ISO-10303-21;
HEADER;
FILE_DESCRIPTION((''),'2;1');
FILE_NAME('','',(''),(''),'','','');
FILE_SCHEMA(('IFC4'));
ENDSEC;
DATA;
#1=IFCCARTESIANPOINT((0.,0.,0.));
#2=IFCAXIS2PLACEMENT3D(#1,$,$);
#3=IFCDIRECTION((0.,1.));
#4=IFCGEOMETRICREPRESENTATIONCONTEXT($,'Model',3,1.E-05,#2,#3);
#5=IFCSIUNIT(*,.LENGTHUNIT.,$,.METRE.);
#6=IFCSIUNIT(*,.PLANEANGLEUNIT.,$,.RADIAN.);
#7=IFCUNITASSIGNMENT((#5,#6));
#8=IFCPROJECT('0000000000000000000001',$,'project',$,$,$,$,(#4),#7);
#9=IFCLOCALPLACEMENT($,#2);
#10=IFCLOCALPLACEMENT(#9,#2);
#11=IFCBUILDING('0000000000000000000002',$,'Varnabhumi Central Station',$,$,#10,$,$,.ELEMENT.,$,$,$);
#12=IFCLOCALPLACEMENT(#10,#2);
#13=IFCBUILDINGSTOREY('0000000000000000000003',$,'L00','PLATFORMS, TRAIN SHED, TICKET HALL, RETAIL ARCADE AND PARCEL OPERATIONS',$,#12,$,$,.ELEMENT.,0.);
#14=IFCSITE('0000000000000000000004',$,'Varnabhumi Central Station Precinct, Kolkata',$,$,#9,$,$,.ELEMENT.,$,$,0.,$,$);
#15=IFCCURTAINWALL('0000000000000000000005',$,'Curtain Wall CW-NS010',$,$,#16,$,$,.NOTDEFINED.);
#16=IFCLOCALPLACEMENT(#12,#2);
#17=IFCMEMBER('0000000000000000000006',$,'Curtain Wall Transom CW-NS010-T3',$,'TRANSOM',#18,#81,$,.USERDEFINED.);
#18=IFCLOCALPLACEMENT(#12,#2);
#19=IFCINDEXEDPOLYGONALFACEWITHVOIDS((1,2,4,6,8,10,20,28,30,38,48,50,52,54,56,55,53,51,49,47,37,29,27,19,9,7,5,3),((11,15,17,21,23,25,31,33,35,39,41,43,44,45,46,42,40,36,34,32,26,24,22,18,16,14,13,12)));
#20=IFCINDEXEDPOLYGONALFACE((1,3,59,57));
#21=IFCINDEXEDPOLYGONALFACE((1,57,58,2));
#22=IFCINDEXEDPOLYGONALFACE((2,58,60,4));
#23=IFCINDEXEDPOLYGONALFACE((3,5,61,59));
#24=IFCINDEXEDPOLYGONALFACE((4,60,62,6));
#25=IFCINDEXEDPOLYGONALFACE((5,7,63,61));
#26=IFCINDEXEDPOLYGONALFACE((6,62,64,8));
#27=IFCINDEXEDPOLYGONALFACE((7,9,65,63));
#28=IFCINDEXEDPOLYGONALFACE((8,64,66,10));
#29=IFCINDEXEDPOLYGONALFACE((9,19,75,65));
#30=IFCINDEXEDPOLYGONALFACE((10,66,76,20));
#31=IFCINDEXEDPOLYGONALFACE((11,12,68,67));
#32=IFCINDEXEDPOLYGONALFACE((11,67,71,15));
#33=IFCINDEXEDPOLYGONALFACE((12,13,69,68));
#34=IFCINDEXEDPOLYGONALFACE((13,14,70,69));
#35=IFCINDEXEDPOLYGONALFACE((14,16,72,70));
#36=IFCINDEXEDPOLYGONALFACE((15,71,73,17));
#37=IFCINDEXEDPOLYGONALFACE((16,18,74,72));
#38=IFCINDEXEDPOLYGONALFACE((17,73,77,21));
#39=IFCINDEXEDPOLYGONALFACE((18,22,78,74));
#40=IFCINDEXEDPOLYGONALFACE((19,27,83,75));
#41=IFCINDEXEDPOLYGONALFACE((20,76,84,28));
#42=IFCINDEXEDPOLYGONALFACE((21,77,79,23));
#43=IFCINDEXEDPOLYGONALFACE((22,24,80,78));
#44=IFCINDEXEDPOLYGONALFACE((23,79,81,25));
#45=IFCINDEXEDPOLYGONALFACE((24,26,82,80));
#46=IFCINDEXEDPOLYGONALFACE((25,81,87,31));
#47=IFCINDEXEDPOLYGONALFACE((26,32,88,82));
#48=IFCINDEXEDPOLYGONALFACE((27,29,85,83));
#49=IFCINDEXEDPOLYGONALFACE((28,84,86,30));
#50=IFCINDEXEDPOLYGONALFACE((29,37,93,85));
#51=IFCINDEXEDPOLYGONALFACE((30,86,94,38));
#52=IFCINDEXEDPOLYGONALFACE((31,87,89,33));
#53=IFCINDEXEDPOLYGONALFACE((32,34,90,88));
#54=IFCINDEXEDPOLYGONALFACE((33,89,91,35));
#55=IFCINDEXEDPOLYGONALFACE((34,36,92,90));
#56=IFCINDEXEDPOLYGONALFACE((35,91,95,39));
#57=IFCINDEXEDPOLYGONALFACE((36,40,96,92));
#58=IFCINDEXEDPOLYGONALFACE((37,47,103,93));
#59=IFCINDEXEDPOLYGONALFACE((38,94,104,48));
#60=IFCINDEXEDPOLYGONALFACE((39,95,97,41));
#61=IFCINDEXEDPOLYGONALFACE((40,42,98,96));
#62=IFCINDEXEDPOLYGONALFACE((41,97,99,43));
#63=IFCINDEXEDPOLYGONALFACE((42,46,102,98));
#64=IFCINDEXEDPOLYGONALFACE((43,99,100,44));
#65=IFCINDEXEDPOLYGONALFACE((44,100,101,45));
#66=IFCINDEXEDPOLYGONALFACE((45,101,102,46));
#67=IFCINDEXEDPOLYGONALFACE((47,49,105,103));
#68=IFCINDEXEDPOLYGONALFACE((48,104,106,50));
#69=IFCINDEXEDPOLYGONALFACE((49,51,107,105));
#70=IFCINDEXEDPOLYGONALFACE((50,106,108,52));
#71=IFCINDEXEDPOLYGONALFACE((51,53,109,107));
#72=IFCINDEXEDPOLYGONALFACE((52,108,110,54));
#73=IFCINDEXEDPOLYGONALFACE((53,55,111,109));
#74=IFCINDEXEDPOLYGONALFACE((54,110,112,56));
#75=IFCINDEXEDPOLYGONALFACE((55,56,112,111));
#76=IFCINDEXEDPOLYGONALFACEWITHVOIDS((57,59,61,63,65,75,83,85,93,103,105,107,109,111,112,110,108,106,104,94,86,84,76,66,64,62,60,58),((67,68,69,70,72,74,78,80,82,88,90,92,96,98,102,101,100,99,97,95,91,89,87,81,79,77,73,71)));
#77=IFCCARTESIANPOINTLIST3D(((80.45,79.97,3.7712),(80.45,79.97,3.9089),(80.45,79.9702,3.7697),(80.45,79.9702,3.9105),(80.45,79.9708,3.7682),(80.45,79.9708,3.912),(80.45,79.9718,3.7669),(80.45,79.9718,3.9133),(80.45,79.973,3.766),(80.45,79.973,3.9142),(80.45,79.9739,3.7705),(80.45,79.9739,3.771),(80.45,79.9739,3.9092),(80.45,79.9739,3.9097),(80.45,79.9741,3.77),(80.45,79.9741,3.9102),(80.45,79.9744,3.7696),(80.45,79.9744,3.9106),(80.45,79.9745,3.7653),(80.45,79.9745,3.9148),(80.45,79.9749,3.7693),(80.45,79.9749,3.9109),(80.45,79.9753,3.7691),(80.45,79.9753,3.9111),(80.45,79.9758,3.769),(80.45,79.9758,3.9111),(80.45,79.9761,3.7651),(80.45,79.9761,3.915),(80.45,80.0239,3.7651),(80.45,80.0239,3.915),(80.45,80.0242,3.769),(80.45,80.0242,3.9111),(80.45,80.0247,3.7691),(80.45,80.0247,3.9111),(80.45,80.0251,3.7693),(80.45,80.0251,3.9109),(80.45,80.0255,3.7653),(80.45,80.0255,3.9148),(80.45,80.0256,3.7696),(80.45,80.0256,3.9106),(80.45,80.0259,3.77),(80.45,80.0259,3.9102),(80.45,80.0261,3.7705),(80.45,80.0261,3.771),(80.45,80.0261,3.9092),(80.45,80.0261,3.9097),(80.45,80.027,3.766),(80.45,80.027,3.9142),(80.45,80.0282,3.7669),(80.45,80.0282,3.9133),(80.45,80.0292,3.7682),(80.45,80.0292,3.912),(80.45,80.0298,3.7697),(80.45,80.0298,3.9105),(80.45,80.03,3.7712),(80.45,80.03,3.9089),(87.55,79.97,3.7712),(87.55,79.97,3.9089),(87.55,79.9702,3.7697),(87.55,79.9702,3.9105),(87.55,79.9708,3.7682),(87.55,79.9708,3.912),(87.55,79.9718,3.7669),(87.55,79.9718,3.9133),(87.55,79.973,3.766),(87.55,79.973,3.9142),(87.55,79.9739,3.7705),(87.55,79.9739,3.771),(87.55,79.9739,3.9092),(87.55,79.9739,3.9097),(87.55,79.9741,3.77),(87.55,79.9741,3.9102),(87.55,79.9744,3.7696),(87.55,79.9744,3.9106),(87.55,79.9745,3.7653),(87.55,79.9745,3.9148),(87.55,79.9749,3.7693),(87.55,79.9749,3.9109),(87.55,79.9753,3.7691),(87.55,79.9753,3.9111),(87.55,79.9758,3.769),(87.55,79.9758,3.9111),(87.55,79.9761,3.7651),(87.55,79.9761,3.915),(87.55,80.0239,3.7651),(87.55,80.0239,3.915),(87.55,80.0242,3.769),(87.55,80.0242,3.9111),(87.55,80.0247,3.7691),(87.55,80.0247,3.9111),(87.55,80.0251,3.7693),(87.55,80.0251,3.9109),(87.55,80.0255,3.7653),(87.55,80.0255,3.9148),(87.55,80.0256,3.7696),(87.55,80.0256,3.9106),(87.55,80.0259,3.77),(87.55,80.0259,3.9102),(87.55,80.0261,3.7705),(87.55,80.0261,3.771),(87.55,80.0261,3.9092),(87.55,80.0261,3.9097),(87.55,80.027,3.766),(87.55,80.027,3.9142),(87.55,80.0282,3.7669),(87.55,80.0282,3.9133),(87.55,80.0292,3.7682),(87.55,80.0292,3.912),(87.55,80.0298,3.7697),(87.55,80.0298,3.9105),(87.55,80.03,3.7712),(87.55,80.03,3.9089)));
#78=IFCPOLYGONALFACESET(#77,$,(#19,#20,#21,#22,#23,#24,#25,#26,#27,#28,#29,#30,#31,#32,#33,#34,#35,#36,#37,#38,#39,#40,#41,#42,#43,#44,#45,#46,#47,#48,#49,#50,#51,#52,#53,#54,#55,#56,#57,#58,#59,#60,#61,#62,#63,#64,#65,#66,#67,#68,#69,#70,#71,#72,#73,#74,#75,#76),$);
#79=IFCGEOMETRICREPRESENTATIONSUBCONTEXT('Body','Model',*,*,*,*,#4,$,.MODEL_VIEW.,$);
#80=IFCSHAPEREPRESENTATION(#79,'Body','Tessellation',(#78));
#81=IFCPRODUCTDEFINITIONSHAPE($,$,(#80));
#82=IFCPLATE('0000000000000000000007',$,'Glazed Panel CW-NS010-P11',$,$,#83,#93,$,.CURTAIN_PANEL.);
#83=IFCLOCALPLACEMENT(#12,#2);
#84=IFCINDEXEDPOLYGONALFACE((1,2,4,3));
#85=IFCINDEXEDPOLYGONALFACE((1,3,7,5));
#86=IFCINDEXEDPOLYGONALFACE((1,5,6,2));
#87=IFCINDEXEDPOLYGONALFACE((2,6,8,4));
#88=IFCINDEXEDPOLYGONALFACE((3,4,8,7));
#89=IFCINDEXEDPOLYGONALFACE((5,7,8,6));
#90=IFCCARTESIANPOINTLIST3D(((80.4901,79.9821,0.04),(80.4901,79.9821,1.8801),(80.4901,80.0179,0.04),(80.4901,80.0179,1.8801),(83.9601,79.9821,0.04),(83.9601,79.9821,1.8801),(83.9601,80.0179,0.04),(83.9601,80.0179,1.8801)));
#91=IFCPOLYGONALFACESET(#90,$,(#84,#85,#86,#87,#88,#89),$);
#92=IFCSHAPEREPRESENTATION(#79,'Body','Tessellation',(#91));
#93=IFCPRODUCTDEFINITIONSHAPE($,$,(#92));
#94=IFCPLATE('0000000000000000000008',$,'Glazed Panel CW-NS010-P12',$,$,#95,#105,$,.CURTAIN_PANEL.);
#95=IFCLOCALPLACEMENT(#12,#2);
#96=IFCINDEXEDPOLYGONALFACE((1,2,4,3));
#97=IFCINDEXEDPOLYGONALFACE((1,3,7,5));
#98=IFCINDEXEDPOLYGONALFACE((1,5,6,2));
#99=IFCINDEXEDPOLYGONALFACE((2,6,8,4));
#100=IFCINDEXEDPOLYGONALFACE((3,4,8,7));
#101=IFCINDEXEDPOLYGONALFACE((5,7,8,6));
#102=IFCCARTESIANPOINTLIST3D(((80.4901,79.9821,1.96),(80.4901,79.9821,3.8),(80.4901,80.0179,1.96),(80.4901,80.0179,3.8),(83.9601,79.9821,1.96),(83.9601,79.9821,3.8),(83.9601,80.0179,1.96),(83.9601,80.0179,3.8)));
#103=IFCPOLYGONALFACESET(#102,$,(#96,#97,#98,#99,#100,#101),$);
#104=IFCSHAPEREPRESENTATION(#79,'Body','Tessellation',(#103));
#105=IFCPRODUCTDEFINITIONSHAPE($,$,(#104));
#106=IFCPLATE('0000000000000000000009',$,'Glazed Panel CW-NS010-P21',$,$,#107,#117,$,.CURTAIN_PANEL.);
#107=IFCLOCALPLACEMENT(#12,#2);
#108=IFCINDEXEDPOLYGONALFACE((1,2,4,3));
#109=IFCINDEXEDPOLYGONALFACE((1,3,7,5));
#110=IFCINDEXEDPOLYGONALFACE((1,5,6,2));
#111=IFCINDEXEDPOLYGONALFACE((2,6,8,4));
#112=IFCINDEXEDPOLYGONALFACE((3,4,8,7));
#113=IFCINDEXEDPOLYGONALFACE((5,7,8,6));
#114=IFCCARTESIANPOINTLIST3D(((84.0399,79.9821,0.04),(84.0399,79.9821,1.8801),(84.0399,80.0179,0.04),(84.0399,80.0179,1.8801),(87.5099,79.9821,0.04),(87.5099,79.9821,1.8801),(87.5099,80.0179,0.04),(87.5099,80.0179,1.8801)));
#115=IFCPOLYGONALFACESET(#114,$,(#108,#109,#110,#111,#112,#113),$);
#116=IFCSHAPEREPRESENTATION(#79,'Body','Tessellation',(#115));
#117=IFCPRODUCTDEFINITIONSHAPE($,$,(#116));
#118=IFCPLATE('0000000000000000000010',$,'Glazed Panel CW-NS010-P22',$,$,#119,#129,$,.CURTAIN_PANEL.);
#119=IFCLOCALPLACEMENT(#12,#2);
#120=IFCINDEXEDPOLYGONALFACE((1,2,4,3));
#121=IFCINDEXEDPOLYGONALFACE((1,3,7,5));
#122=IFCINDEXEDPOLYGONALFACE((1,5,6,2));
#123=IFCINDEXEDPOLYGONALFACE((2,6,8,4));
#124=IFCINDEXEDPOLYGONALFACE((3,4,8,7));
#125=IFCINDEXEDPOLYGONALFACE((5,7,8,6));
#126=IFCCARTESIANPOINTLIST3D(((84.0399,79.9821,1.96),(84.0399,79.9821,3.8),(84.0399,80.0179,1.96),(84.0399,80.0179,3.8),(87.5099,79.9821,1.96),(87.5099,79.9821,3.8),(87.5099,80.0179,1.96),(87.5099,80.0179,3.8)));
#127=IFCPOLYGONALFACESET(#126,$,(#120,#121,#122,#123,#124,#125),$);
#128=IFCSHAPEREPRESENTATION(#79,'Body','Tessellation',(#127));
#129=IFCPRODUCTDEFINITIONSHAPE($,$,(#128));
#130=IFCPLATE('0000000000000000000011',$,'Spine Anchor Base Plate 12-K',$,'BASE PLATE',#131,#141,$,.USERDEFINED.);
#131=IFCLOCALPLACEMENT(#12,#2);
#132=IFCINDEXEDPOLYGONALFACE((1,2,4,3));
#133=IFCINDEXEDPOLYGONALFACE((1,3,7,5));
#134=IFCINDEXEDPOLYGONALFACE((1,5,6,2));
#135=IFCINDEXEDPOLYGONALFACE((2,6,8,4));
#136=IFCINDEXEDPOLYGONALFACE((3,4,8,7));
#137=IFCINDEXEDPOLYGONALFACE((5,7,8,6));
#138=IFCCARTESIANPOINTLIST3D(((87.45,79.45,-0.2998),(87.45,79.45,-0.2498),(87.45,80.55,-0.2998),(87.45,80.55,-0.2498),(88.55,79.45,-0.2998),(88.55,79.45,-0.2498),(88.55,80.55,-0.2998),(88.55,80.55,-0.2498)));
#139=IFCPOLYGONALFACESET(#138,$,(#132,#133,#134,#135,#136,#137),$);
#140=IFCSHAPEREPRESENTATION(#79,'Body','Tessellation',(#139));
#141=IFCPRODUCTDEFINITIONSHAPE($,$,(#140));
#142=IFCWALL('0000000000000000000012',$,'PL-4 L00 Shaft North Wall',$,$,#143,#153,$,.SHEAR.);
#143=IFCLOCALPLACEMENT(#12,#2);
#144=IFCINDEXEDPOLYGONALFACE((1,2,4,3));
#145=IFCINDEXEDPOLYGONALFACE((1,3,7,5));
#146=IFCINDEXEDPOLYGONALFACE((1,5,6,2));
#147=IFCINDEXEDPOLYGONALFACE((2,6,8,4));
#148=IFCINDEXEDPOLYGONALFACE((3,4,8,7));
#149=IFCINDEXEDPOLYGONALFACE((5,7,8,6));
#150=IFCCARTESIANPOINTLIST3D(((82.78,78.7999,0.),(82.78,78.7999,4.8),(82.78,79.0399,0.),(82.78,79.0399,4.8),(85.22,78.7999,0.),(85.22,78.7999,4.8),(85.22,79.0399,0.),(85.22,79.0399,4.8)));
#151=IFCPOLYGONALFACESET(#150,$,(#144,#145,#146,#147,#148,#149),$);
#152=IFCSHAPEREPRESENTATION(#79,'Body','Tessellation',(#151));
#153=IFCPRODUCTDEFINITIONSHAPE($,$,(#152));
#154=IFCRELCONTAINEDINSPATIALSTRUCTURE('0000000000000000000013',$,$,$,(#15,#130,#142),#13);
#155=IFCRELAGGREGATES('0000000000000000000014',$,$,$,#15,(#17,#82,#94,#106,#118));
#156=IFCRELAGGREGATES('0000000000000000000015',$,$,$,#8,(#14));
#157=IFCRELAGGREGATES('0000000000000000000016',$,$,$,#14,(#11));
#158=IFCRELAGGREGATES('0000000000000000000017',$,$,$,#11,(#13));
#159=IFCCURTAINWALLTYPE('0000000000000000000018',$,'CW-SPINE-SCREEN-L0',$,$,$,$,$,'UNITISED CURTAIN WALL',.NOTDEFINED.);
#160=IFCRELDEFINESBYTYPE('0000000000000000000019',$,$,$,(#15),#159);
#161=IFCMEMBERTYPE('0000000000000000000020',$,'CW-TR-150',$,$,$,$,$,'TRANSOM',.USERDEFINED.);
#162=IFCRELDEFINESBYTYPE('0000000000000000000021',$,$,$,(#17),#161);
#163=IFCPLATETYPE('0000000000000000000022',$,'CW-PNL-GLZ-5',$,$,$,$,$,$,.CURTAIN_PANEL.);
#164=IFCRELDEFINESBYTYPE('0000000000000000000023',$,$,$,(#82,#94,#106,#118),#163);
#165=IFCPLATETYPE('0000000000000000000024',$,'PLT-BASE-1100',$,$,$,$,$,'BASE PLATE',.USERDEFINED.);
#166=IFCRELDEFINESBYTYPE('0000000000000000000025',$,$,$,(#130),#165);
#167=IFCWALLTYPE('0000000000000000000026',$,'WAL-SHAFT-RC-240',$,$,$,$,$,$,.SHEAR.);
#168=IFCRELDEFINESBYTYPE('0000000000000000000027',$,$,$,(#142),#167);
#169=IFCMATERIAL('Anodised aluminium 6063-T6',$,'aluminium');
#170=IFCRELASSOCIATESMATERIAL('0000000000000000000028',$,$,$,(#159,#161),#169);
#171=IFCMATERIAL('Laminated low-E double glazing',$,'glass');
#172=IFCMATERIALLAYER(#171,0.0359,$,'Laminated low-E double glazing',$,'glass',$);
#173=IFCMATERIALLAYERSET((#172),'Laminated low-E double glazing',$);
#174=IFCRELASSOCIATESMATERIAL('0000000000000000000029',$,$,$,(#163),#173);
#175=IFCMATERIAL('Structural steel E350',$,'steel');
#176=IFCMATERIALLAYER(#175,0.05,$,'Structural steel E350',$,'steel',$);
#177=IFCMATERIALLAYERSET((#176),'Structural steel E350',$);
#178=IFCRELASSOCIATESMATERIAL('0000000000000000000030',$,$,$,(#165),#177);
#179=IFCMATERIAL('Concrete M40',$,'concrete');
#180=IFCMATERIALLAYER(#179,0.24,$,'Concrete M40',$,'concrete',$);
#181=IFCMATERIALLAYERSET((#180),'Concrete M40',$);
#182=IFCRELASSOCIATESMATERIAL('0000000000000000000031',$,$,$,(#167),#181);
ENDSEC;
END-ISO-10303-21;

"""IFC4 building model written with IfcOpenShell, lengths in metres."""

from ifc_helpers import new_model, si_unit, direction, frame, frame_2d, origin, origin_2d, place, context, subcontext, project, spatial, rectangle, hollow_rectangle, extrude, material, layer, layer_set, material_profile, profile_set, type_object, element, aggregate, save


model = new_model("IFC4")

# Units and contexts
model_context = context("Model", 3, precision=1e-05, world=origin(), true_north=direction((0.0, 1.0)))
body_context = subcontext(model_context, "Body", "Model", "MODEL_VIEW")
ifc_project = project(units=[si_unit("LENGTHUNIT", "METRE"), si_unit("PLANEANGLEUNIT", "RADIAN")], contexts=[model_context])

# Site, building, storey
site_placement = place(None, origin())
site = spatial("IfcSite", under=ifc_project, at=site_placement, Name="Varnabhumi Central Station Precinct, Kolkata", CompositionType="ELEMENT", RefElevation=0.0)
building_placement = place(site_placement, origin())
building = spatial("IfcBuilding", under=site, at=building_placement, Name="Varnabhumi Central Station", CompositionType="ELEMENT")
storey_placement = place(building_placement, origin())
storey = spatial("IfcBuildingStorey", under=building, at=storey_placement, Name="L00", Description="PLATFORMS, TRAIN SHED, TICKET HALL, RETAIL ARCADE AND PARCEL OPERATIONS", CompositionType="ELEMENT", Elevation=0.0)

# Shared definitions
ifc_material_1 = material(Name="Concrete M40", Category="concrete")

# Shared definitions
ifc_material_2 = material(Name="Structural steel E350", Category="steel")

# Curtain wall, member, plates
ifc_material_3 = material(Name="Anodised aluminium 6063-T6", Category="aluminium")
curtain_wall_type = type_object("IfcCurtainWallType", Name="CW-SPINE-SCREEN-L0", ElementType="UNITISED CURTAIN WALL", PredefinedType="NOTDEFINED", material=ifc_material_3)
curtain_wall_placement = place(storey_placement, origin())
curtain_wall = element("IfcCurtainWall", 1, at=curtain_wall_placement, inside=storey, type_object=curtain_wall_type, Name="Curtain Wall CW-NS010", PredefinedType="NOTDEFINED")
ifc_material_profile_1 = material_profile(ifc_material_3, hollow_rectangle(XDim=0.0601, YDim=0.1499, WallThickness=0.0039, InnerFilletRadius=0.002, OuterFilletRadius=0.0061, at=origin_2d()), Name="Anodised aluminium 6063-T6", Category="aluminium")
ifc_profile_set_1 = profile_set([ifc_material_profile_1], Name="Anodised aluminium 6063-T6")
member_type_1 = type_object("IfcMemberType", Name="CW-TR-150", ElementType="TRANSOM", PredefinedType="USERDEFINED", material=ifc_profile_set_1)
member_1_placement = place(storey_placement, frame((80.45, 80.0, 3.8401), z_axis=(1.0, 0.0, 0.0), x_axis=(0.0, 1.0, 0.0)))
member_1 = element("IfcMember", 2, at=member_1_placement, type_object=member_type_1, Name="Curtain Wall Transom CW-NS010-T3", ObjectType="TRANSOM", PredefinedType="USERDEFINED", context=body_context, shape_type="SweptSolid", body=[
    extrude(hollow_rectangle(XDim=0.0601, YDim=0.1499, WallThickness=0.0039, InnerFilletRadius=0.002, OuterFilletRadius=0.0061, at=origin_2d()), origin(), (0.0, 0.0, 1.0), 7.1001),
])
ifc_material_4 = material(Name="Laminated low-E double glazing", Category="glass")
ifc_layer_1 = layer(ifc_material_4, 0.0359, Name="Laminated low-E double glazing", Category="glass")
ifc_layer_set_1 = layer_set([ifc_layer_1], Name="Laminated low-E double glazing")
plate_type_1 = type_object("IfcPlateType", Name="CW-PNL-GLZ-5", PredefinedType="CURTAIN_PANEL", material=ifc_layer_set_1)
plate_1_placement = place(storey_placement, frame((82.2251, 80.0, 0.04), z_axis=(0.0, 0.0, 1.0), x_axis=(1.0, 0.0, 0.0)))
plate_1 = element("IfcPlate", 3, at=plate_1_placement, type_object=plate_type_1, Name="Glazed Panel CW-NS010-P11", PredefinedType="CURTAIN_PANEL", context=body_context, shape_type="SweptSolid", body=[
    extrude(rectangle(XDim=3.47, YDim=0.0359, at=origin_2d()), origin(), (0.0, 0.0, 1.0), 1.8401),
])
plate_2_placement = place(storey_placement, frame((82.2251, 80.0, 1.96), z_axis=(0.0, 0.0, 1.0), x_axis=(1.0, 0.0, 0.0)))
plate_2 = element("IfcPlate", 4, at=plate_2_placement, type_object=plate_type_1, Name="Glazed Panel CW-NS010-P12", PredefinedType="CURTAIN_PANEL", context=body_context, shape_type="SweptSolid", body=[
    extrude(rectangle(XDim=3.47, YDim=0.0359, at=origin_2d()), origin(), (0.0, 0.0, 1.0), 1.8401),
])
plate_3_placement = place(storey_placement, frame((85.7749, 80.0, 0.04), z_axis=(0.0, 0.0, 1.0), x_axis=(1.0, 0.0, 0.0)))
plate_3 = element("IfcPlate", 5, at=plate_3_placement, type_object=plate_type_1, Name="Glazed Panel CW-NS010-P21", PredefinedType="CURTAIN_PANEL", context=body_context, shape_type="SweptSolid", body=[
    extrude(rectangle(XDim=3.47, YDim=0.0359, at=origin_2d()), origin(), (0.0, 0.0, 1.0), 1.8401),
])
plate_4_placement = place(storey_placement, frame((85.7749, 80.0, 1.96), z_axis=(0.0, 0.0, 1.0), x_axis=(1.0, 0.0, 0.0)))
plate_4 = element("IfcPlate", 6, at=plate_4_placement, type_object=plate_type_1, Name="Glazed Panel CW-NS010-P22", PredefinedType="CURTAIN_PANEL", context=body_context, shape_type="SweptSolid", body=[
    extrude(rectangle(XDim=3.47, YDim=0.0359, at=origin_2d()), origin(), (0.0, 0.0, 1.0), 1.8401),
])
aggregate(curtain_wall, [member_1, plate_1, plate_2, plate_3, plate_4])

# Plate
ifc_layer_2 = layer(ifc_material_2, 0.05, Name="Structural steel E350", Category="steel")
ifc_layer_set_2 = layer_set([ifc_layer_2], Name="Structural steel E350")
plate_type_2 = type_object("IfcPlateType", Name="PLT-BASE-1100", ElementType="BASE PLATE", PredefinedType="USERDEFINED", material=ifc_layer_set_2)
plate_5_placement = place(storey_placement, frame((88.0, 80.0, -0.2998), z_axis=(0.0, 0.0, 1.0), x_axis=(1.0, 0.0, 0.0)))
element("IfcPlate", 7, at=plate_5_placement, inside=storey, type_object=plate_type_2, Name="Spine Anchor Base Plate 12-K", ObjectType="BASE PLATE", PredefinedType="USERDEFINED", context=body_context, shape_type="SweptSolid", body=[
    extrude(rectangle(XDim=1.1001, YDim=1.1001, at=origin_2d()), origin(), (0.0, 0.0, 1.0), 0.05),
])

# Wall
ifc_layer_3 = layer(ifc_material_1, 0.24, Name="Concrete M40", Category="concrete")
ifc_layer_set_3 = layer_set([ifc_layer_3], Name="Concrete M40")
wall_type = type_object("IfcWallType", Name="WAL-SHAFT-RC-240", PredefinedType="SHEAR", material=ifc_layer_set_3)
wall_placement = place(storey_placement, frame((82.78, 78.9199, 0.0), z_axis=(0.0, 0.0, 1.0), x_axis=(1.0, 0.0, 0.0)))
element("IfcWall", 8, at=wall_placement, inside=storey, type_object=wall_type, Name="PL-4 L00 Shaft North Wall", PredefinedType="SHEAR", context=body_context, shape_type="SweptSolid", body=[
    extrude(rectangle(XDim=2.4399, YDim=0.24, at=frame_2d((1.22, 0.0))), origin(), (0.0, 0.0, 1.0), 4.8),
])

save(model, "model.ifc")
